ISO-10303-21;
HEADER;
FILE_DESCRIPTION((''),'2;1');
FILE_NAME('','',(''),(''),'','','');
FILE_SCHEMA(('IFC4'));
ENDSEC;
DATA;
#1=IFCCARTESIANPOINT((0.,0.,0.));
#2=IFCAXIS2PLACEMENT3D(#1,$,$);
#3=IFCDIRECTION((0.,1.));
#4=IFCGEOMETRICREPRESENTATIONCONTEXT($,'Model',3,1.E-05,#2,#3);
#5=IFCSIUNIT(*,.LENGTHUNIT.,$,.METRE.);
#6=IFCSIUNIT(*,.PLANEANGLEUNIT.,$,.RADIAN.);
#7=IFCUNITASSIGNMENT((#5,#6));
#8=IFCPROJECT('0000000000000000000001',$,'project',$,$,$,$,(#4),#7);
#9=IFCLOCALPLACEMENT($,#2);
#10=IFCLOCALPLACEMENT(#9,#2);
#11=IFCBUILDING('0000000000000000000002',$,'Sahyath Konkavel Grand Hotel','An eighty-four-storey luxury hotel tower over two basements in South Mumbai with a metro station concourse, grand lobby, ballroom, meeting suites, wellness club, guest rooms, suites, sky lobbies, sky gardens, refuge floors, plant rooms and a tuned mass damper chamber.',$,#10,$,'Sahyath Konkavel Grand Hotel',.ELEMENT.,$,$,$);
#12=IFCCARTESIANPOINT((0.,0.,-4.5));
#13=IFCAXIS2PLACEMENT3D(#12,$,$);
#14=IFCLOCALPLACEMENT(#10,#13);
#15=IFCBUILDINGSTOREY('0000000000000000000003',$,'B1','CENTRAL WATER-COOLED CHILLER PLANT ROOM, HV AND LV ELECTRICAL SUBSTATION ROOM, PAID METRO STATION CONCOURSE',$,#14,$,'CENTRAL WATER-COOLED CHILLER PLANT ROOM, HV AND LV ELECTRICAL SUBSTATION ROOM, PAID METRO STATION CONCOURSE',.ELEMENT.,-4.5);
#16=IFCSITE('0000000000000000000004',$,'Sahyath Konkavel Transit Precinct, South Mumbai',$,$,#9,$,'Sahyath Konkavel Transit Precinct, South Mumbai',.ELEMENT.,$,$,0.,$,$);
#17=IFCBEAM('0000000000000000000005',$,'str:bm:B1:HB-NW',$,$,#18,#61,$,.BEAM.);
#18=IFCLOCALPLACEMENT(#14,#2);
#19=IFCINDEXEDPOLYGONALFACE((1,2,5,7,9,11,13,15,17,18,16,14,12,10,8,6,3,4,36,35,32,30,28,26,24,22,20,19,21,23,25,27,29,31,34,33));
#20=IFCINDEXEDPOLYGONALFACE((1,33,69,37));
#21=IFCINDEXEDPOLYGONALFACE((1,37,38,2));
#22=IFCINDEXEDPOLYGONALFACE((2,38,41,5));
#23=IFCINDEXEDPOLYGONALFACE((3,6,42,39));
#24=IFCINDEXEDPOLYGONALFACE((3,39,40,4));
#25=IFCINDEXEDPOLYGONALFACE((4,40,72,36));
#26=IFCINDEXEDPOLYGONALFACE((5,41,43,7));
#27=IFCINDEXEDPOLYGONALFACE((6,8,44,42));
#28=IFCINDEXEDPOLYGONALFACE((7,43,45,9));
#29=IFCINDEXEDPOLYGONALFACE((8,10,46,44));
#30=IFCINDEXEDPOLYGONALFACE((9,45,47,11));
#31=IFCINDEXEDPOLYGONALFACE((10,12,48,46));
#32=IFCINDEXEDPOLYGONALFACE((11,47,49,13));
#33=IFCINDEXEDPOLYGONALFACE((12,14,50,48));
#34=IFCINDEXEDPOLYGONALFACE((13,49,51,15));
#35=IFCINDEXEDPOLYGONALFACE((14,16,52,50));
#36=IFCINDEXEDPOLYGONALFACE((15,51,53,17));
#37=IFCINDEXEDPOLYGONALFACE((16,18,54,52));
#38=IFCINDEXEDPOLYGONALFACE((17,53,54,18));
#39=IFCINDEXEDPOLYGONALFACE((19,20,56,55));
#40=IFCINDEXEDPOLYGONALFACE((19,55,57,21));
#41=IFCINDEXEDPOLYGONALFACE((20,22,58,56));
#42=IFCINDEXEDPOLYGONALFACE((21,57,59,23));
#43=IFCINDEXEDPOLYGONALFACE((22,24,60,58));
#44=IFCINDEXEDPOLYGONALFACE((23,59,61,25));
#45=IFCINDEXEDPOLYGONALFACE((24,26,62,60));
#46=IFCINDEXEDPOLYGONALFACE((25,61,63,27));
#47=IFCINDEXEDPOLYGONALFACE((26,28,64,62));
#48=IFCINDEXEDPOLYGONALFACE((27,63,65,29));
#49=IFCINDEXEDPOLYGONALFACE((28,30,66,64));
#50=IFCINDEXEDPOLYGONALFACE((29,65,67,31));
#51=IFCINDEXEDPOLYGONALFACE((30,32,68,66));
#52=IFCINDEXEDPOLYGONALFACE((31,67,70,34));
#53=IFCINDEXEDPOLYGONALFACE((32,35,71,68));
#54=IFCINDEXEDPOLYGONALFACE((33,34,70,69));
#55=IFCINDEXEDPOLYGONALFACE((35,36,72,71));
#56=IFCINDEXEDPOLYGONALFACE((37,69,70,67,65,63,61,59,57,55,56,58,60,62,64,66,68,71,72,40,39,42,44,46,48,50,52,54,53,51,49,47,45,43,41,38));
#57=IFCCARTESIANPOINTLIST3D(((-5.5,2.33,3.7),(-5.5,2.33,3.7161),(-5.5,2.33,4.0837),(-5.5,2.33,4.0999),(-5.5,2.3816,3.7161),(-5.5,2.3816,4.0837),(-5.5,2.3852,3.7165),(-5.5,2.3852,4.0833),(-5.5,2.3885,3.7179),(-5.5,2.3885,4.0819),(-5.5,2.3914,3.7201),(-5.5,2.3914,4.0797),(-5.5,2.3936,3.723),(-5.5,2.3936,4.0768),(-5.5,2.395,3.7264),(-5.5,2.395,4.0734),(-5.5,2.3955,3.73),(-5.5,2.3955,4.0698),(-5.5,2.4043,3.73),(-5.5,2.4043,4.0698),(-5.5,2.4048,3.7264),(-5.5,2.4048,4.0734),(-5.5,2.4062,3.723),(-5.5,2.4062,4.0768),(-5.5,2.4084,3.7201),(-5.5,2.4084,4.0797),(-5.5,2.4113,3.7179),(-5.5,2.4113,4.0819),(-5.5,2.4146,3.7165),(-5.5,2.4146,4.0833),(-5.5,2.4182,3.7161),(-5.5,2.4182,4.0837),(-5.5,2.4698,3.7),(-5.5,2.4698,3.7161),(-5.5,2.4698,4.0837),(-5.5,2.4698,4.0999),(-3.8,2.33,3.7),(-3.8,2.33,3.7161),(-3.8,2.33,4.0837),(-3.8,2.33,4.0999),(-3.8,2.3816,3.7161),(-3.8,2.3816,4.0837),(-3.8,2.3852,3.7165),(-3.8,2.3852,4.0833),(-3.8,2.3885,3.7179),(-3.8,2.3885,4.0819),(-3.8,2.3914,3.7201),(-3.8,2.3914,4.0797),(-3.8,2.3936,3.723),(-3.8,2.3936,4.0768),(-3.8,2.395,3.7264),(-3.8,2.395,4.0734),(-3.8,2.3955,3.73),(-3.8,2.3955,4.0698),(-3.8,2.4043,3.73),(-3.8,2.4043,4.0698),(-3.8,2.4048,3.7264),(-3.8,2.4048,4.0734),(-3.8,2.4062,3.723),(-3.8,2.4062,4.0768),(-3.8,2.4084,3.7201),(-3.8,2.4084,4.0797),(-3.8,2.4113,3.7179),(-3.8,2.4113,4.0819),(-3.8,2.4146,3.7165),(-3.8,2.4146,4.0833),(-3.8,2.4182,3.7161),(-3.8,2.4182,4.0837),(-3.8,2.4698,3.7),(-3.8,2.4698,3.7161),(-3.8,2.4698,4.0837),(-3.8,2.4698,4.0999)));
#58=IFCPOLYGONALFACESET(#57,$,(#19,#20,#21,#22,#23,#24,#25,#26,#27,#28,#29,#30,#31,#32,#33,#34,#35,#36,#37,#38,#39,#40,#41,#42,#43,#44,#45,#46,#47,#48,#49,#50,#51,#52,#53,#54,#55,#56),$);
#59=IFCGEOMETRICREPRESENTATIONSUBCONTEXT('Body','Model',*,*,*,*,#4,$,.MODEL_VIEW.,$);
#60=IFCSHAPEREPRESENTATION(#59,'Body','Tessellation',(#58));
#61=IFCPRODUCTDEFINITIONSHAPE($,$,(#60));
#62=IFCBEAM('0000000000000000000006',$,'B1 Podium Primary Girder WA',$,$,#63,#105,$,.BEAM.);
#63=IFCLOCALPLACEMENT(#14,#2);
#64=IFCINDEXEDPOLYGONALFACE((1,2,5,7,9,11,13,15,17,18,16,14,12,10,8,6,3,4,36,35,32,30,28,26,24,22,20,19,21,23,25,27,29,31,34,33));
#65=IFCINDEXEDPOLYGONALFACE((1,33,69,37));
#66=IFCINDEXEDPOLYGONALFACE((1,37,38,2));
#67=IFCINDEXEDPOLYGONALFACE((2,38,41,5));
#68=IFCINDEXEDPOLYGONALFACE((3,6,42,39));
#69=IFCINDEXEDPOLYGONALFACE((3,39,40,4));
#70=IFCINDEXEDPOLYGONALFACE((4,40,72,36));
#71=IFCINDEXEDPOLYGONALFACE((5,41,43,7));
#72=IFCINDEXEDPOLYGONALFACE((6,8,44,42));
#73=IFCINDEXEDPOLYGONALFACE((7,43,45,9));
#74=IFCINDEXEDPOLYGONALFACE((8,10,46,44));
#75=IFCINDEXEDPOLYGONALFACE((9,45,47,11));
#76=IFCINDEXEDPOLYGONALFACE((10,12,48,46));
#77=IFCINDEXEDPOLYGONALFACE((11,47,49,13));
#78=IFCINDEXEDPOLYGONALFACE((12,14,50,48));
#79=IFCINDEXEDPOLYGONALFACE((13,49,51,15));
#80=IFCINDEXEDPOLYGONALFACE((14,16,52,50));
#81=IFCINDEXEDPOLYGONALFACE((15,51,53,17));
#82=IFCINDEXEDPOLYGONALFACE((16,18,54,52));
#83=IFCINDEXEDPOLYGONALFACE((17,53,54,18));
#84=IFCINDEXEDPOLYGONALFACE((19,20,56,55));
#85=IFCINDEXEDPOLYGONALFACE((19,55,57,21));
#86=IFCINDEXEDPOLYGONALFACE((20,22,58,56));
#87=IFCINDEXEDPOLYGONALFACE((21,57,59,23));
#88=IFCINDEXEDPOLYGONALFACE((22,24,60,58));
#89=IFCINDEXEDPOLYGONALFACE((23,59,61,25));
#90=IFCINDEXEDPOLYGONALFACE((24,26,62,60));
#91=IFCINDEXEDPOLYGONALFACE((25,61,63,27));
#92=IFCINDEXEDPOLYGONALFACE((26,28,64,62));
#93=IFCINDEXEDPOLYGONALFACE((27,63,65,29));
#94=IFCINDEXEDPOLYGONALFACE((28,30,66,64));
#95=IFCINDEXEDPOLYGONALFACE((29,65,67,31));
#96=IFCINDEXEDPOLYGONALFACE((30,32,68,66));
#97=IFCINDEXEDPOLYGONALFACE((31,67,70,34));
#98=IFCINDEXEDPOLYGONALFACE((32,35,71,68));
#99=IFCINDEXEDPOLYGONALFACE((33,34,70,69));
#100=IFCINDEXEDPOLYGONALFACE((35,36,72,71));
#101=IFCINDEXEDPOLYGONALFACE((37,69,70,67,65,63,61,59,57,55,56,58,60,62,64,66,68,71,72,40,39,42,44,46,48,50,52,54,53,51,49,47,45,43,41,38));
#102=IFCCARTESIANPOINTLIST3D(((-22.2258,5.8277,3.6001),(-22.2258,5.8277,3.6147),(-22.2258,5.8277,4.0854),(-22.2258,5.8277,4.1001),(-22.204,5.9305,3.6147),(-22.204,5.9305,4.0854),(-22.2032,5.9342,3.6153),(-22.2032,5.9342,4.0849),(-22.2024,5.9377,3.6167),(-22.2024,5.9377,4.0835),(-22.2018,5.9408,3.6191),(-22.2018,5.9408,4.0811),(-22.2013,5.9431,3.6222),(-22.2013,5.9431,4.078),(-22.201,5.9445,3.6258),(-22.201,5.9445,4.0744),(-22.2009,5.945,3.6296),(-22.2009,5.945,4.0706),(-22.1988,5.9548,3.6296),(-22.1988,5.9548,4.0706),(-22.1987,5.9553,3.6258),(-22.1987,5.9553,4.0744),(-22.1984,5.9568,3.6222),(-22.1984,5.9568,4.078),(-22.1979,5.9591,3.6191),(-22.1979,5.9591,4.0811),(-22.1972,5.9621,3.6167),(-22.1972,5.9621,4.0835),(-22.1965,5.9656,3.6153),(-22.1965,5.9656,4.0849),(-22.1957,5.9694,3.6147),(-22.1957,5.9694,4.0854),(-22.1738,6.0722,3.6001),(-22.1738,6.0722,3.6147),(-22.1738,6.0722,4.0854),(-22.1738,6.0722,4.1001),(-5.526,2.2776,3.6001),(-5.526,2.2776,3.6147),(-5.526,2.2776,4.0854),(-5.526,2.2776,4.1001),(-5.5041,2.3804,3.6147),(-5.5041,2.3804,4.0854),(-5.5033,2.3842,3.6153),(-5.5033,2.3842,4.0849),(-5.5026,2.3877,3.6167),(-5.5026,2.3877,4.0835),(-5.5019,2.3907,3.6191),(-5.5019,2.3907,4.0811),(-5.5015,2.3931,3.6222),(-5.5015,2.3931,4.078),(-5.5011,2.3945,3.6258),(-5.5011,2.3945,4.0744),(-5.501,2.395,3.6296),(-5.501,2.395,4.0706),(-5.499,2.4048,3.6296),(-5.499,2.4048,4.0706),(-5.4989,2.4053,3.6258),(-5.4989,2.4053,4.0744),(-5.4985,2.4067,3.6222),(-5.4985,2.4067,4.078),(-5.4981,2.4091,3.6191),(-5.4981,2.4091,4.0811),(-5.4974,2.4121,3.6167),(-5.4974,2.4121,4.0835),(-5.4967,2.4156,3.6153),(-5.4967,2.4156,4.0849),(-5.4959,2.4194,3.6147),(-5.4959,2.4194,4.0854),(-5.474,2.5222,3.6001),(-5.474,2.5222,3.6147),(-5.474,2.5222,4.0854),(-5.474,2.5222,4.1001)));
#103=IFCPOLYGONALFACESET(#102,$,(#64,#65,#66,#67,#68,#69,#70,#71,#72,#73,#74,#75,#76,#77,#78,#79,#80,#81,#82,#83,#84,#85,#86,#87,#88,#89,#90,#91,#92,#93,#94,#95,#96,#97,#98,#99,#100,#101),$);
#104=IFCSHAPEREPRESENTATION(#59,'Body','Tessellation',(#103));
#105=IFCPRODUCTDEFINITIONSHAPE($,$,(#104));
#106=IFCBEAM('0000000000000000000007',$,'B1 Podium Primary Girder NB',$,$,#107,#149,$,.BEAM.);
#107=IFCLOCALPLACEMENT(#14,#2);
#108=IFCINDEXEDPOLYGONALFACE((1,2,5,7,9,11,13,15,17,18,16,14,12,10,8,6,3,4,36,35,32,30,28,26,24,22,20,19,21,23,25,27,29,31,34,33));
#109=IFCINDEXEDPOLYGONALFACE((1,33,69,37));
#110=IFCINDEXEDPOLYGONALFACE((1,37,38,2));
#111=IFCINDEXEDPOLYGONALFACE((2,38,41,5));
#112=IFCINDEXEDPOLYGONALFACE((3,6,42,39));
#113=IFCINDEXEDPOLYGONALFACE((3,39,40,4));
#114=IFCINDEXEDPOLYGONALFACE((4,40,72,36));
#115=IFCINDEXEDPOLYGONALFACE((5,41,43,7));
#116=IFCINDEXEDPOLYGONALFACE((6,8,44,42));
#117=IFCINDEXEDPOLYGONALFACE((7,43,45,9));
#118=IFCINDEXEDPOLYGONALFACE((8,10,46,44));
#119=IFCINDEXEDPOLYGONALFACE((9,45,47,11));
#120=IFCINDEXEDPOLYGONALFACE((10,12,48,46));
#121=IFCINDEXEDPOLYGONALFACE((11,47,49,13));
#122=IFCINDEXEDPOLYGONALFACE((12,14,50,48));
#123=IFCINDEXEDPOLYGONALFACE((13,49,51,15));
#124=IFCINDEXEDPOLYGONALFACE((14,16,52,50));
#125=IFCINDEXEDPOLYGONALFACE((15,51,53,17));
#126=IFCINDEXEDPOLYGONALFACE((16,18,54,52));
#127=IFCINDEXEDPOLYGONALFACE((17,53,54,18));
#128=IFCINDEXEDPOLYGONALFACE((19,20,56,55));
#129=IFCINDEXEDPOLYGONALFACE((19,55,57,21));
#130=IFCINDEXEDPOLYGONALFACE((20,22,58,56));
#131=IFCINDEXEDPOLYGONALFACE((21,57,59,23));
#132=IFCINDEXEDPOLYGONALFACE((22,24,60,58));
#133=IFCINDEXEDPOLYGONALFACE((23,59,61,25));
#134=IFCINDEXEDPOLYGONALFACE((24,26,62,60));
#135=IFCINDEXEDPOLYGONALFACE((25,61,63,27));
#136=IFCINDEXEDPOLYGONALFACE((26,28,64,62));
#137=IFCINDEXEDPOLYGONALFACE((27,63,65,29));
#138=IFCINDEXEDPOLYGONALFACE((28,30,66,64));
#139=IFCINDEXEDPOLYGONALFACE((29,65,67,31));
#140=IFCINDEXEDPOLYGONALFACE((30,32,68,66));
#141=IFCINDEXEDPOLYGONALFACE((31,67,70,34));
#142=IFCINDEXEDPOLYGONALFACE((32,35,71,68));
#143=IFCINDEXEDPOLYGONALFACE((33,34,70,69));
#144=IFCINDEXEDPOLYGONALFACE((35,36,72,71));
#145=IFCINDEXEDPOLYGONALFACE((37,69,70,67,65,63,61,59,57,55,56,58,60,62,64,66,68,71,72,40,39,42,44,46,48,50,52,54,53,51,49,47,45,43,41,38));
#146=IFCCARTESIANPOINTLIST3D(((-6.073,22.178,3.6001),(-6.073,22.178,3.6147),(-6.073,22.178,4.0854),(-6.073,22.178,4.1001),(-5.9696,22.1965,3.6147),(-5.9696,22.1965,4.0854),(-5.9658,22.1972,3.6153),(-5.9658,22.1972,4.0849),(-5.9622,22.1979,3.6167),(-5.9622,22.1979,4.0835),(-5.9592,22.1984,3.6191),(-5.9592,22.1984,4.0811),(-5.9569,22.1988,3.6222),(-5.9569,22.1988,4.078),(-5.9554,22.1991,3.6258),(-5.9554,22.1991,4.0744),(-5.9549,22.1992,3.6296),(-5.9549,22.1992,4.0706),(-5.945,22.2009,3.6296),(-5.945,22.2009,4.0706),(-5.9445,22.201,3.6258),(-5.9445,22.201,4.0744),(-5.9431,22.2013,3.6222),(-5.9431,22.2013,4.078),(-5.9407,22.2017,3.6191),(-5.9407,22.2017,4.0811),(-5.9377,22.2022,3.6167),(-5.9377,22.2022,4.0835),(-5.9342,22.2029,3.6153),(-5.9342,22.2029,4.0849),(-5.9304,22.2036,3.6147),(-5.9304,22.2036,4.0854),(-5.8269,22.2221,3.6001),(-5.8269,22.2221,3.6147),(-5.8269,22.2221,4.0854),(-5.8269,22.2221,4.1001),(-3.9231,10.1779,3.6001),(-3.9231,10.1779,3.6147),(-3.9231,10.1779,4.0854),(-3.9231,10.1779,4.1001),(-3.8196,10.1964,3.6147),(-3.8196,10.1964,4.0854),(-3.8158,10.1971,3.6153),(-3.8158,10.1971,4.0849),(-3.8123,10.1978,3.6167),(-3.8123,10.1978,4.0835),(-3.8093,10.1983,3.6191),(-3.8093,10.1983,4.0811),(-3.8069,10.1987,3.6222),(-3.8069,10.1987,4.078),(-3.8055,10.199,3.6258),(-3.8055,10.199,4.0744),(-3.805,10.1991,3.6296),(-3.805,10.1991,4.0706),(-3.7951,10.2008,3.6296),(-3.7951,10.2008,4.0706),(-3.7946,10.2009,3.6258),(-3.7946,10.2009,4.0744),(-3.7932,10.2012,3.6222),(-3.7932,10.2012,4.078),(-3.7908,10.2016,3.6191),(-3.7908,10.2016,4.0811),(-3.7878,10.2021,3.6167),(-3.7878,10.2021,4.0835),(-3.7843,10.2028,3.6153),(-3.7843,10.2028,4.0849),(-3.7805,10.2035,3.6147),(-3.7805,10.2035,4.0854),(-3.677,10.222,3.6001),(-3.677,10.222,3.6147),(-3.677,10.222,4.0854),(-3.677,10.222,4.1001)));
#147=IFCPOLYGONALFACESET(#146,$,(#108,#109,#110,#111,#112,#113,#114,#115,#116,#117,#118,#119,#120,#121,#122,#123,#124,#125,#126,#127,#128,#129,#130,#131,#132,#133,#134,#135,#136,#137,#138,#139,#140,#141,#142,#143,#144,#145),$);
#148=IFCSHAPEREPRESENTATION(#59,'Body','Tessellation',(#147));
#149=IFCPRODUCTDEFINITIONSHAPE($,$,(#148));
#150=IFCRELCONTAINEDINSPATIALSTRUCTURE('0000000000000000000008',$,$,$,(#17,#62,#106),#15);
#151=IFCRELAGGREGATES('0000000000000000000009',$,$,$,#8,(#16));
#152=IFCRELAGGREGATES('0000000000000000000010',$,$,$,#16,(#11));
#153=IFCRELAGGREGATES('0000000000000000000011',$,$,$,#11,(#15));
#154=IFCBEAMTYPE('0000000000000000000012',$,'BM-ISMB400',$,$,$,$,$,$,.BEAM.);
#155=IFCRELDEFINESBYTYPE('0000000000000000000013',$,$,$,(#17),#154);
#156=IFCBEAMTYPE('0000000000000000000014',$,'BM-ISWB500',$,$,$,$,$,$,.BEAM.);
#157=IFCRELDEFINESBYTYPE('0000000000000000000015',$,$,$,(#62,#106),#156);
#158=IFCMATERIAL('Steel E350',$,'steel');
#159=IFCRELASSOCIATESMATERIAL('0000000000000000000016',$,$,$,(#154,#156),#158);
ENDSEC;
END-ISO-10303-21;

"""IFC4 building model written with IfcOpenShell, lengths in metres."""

from ifc_helpers import new_model, si_unit, direction, frame, origin, origin_2d, place, context, subcontext, project, spatial, i_section, extrude, source, transform, mapped, material, material_profile, profile_set, type_object, element, save


model = new_model("IFC4")

# Units and contexts
model_context = context("Model", 3, precision=1e-05, world=origin(), true_north=direction((0.0, 1.0)))
body_context = subcontext(model_context, "Body", "Model", "MODEL_VIEW")
ifc_project = project(units=[si_unit("LENGTHUNIT", "METRE"), si_unit("PLANEANGLEUNIT", "RADIAN")], contexts=[model_context])

# Site, building, storey
site_placement = place(None, origin())
site = spatial("IfcSite", under=ifc_project, at=site_placement, Name="Sahyath Konkavel Transit Precinct, South Mumbai", LongName="Sahyath Konkavel Transit Precinct, South Mumbai", CompositionType="ELEMENT", RefElevation=0.0)
building_placement = place(site_placement, origin())
building = spatial("IfcBuilding", under=site, at=building_placement, Name="Sahyath Konkavel Grand Hotel", Description="An eighty-four-storey luxury hotel tower over two basements in South Mumbai with a metro station concourse, grand lobby, ballroom, meeting suites, wellness club, guest rooms, suites, sky lobbies, sky gardens, refuge floors, plant rooms and a tuned mass damper chamber.", LongName="Sahyath Konkavel Grand Hotel", CompositionType="ELEMENT")
storey_placement = place(building_placement, frame((0.0, 0.0, -4.5)))
storey = spatial("IfcBuildingStorey", under=building, at=storey_placement, Name="B1", Description="CENTRAL WATER-COOLED CHILLER PLANT ROOM, HV AND LV ELECTRICAL SUBSTATION ROOM, PAID METRO STATION CONCOURSE", LongName="CENTRAL WATER-COOLED CHILLER PLANT ROOM, HV AND LV ELECTRICAL SUBSTATION ROOM, PAID METRO STATION CONCOURSE", CompositionType="ELEMENT", Elevation=-4.5)

# Beams
ifc_material_1 = material(Name="Steel E350", Category="steel")
ifc_material_profile_1 = material_profile(ifc_material_1, i_section(OverallWidth=0.1399, OverallDepth=0.3999, WebThickness=0.0088, FlangeThickness=0.0161, FilletRadius=0.0139, at=origin_2d()), Name="ISMB 400")
ifc_profile_set_1 = profile_set([ifc_material_profile_1], Name="Steel E350")
beam_type_1 = type_object("IfcBeamType", Name="BM-ISMB400", PredefinedType="BEAM", material=ifc_profile_set_1)
shared_shape_1 = source(origin(), body_context, "Body", "SweptSolid", [
    extrude(i_section(OverallWidth=0.1399, OverallDepth=0.3999, WebThickness=0.0088, FlangeThickness=0.0161, FilletRadius=0.0139, at=origin_2d()), origin(), (0.0, 0.0, 1.0), 1.7),
])
beam_1_placement = place(storey_placement, frame((-5.5, 2.3999, 3.8999), z_axis=(1.0, 0.0, 0.0), x_axis=(0.0, 1.0, 0.0)))
element("IfcBeam", 1, at=beam_1_placement, inside=storey, type_object=beam_type_1, Name="str:bm:B1:HB-NW", PredefinedType="BEAM", context=body_context, shape_type="MappedRepresentation", body=[
    mapped(shared_shape_1, transform((0.0, 0.0, 0.0), scale=1.0)),
])
ifc_material_profile_2 = material_profile(ifc_material_1, i_section(OverallWidth=0.25, OverallDepth=0.5, WebThickness=0.01, FlangeThickness=0.0146, FilletRadius=0.0149, at=origin_2d()), Name="ISWB 500")
ifc_profile_set_2 = profile_set([ifc_material_profile_2], Name="Steel E350")
beam_type_2 = type_object("IfcBeamType", Name="BM-ISWB500", PredefinedType="BEAM", material=ifc_profile_set_2)
shared_shape_2 = source(origin(), body_context, "Body", "SweptSolid", [
    extrude(i_section(OverallWidth=0.25, OverallDepth=0.5, WebThickness=0.01, FlangeThickness=0.0146, FilletRadius=0.0149, at=origin_2d()), origin(), (0.0, 0.0, 1.0), 17.073),
])
beam_2_placement = place(storey_placement, frame((-5.5, 2.3999, 3.8501), z_axis=(-0.978143, 0.207932, 0.0), x_axis=(-0.207932, -0.978143, 0.0)))
element("IfcBeam", 2, at=beam_2_placement, inside=storey, type_object=beam_type_2, Name="B1 Podium Primary Girder WA", PredefinedType="BEAM", context=body_context, shape_type="MappedRepresentation", body=[
    mapped(shared_shape_2, transform((0.0, 0.0, 0.0), scale=1.0)),
])
shared_shape_3 = source(origin(), body_context, "Body", "SweptSolid", [
    extrude(i_section(OverallWidth=0.25, OverallDepth=0.5, WebThickness=0.01, FlangeThickness=0.0146, FilletRadius=0.0149, at=origin_2d()), origin(), (0.0, 0.0, 1.0), 12.1912),
])
beam_3_placement = place(storey_placement, frame((-3.8, 10.2, 3.8501), z_axis=(-0.176351, 0.984327, 0.0), x_axis=(-0.984327, -0.176351, 0.0)))
element("IfcBeam", 3, at=beam_3_placement, inside=storey, type_object=beam_type_2, Name="B1 Podium Primary Girder NB", PredefinedType="BEAM", context=body_context, shape_type="MappedRepresentation", body=[
    mapped(shared_shape_3, transform((0.0, 0.0, 0.0), scale=1.0)),
])

save(model, "model.ifc")
